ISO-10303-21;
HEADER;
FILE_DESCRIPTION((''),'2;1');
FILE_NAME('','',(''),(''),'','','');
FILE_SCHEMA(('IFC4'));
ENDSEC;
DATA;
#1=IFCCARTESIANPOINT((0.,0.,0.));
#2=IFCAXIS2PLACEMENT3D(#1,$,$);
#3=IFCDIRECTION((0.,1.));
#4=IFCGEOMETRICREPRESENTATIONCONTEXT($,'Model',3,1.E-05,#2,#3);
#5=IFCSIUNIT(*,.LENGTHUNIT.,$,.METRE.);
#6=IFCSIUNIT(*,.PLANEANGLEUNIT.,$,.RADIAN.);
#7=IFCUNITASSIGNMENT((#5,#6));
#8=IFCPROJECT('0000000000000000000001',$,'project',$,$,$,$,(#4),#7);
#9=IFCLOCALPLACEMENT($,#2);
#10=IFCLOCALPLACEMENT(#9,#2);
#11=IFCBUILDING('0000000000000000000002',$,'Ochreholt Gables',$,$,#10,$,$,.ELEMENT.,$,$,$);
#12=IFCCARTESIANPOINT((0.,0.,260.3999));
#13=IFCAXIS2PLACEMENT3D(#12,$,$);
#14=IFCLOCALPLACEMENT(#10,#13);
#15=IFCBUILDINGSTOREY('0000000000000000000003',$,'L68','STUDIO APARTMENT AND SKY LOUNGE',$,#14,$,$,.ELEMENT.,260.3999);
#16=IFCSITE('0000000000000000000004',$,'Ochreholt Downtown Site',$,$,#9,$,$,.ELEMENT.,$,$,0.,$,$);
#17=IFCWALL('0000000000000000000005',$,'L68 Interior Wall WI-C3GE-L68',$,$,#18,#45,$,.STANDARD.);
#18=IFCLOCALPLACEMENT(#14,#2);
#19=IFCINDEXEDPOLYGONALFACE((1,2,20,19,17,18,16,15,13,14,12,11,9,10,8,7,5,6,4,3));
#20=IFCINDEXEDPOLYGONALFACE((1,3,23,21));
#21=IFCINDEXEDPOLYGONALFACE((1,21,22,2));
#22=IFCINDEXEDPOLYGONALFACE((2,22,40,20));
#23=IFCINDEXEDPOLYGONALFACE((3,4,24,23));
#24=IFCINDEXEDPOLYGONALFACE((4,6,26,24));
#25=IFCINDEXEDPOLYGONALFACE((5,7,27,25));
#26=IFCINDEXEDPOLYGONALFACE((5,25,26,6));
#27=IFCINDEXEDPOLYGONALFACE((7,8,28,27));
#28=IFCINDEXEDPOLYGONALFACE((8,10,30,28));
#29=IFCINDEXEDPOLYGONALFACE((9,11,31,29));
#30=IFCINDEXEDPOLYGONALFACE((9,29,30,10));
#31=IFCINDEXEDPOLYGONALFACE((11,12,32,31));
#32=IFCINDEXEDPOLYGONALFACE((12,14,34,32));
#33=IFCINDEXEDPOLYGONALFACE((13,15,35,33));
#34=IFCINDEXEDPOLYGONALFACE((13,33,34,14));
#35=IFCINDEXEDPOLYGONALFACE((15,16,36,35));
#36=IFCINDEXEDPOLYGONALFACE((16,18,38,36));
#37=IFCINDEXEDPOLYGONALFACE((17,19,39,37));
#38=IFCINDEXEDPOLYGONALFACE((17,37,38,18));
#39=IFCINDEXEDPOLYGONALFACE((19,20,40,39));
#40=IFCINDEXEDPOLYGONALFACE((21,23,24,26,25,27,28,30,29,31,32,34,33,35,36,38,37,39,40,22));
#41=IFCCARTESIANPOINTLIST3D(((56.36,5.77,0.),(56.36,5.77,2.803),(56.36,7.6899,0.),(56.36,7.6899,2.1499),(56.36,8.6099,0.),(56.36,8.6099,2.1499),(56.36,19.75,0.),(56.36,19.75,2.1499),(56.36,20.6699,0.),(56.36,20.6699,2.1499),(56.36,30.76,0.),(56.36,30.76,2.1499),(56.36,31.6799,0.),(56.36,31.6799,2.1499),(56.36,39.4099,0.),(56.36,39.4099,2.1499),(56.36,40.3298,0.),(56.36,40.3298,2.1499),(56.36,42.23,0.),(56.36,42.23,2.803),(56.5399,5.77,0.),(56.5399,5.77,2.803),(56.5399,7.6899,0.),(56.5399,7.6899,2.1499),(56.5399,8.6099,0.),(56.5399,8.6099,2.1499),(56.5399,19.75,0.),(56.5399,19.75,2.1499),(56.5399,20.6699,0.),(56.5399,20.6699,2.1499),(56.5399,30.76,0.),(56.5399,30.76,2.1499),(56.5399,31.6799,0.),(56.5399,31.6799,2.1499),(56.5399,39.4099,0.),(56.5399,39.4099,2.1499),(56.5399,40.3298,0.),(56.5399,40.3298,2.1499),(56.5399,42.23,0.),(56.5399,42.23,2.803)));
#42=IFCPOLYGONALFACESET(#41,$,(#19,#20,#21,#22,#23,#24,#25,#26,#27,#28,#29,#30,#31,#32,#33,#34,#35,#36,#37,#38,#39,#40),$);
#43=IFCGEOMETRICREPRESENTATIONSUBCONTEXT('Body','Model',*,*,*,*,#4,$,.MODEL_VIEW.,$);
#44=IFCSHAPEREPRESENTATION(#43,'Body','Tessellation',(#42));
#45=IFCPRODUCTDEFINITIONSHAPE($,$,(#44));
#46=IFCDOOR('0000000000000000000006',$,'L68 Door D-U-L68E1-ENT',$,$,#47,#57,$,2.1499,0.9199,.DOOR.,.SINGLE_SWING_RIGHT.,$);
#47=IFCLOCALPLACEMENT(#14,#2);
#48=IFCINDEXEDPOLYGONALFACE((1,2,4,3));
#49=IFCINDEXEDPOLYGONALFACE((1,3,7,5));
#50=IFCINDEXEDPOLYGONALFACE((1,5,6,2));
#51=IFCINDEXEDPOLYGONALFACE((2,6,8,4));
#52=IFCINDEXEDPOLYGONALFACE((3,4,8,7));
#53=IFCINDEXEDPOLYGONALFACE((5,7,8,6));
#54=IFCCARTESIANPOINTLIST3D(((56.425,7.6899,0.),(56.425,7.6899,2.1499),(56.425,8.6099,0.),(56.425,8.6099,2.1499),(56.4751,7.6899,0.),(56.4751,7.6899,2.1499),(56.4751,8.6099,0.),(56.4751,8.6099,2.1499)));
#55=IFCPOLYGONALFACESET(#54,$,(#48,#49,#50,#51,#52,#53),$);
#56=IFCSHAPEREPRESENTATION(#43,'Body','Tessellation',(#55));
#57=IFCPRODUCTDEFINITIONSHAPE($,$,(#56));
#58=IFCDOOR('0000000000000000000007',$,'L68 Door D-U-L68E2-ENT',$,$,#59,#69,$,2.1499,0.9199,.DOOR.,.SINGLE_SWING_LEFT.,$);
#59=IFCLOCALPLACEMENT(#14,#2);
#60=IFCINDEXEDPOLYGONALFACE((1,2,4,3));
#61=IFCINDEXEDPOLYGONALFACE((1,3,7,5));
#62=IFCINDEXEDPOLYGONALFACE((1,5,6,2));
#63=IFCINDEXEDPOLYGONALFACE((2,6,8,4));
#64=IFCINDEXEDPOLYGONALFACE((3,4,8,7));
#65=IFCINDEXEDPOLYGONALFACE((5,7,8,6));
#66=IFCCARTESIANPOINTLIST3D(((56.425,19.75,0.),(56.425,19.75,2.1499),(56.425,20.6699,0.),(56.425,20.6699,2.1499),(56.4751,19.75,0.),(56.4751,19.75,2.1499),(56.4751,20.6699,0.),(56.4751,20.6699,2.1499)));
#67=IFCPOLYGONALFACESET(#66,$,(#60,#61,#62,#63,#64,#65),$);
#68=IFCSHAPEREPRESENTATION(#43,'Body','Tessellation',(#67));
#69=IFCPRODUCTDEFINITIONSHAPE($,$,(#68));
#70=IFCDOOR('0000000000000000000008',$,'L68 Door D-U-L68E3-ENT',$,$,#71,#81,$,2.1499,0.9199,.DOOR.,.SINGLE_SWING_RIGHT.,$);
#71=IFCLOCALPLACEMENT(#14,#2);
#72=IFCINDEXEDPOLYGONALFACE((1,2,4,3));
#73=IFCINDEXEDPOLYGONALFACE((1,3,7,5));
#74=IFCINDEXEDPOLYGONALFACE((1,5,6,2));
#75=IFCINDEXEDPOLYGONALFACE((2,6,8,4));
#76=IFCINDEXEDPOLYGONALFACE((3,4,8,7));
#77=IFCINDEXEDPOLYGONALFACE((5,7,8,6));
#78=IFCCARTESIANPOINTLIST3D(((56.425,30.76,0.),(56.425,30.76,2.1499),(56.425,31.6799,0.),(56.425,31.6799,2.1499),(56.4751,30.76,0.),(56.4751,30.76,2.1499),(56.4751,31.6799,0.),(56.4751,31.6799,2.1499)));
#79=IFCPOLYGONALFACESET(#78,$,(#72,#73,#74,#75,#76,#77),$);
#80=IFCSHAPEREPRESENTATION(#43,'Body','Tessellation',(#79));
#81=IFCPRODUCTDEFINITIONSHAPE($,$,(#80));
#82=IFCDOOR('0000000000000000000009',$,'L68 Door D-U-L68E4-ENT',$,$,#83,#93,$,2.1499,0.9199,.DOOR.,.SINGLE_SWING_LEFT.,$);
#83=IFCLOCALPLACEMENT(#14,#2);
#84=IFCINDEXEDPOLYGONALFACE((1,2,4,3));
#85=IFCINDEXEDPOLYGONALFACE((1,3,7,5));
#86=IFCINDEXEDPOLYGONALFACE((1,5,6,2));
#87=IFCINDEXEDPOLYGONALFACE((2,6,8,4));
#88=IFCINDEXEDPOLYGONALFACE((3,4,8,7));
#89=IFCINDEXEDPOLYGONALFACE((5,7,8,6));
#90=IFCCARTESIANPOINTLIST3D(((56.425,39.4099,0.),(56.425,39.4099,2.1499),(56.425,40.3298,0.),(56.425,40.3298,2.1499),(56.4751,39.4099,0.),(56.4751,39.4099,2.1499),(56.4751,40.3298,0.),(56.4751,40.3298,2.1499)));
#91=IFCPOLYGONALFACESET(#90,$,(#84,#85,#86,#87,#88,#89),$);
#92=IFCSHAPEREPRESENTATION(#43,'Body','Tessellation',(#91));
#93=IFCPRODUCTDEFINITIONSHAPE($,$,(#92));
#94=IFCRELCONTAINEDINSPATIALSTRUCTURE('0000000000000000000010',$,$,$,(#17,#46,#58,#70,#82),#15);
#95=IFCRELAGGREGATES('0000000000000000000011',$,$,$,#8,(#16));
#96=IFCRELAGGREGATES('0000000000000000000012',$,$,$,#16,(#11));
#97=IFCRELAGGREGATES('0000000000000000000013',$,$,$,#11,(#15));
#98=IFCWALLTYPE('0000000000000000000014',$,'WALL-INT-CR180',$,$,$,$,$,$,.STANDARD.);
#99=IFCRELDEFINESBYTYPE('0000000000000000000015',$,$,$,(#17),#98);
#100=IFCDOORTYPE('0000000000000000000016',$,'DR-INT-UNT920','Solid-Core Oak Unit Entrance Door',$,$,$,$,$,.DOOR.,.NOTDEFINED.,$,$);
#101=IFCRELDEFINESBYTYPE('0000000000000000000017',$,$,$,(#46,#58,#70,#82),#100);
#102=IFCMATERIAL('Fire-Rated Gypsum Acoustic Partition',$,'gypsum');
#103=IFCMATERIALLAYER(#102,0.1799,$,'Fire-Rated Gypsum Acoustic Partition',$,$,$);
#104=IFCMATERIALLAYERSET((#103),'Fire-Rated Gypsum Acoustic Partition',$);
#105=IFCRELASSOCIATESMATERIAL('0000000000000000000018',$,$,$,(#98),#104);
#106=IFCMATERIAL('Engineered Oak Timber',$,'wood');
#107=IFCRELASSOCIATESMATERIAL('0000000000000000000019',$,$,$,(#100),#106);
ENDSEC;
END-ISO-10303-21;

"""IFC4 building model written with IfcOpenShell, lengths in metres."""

from ifc_helpers import new_model, si_unit, direction, frame, frame_2d, origin, place, context, subcontext, project, spatial, rectangle, extrude, material, layer, layer_set, type_object, element, fill, save


model = new_model("IFC4")

# Units and contexts
model_context = context("Model", 3, precision=1e-05, world=origin(), true_north=direction((0.0, 1.0)))
body_context = subcontext(model_context, "Body", "Model", "MODEL_VIEW")
ifc_project = project(units=[si_unit("LENGTHUNIT", "METRE"), si_unit("PLANEANGLEUNIT", "RADIAN")], contexts=[model_context])

# Site, building, storey
site_placement = place(None, origin())
site = spatial("IfcSite", under=ifc_project, at=site_placement, Name="Ochreholt Downtown Site", CompositionType="ELEMENT", RefElevation=0.0)
building_placement = place(site_placement, origin())
building = spatial("IfcBuilding", under=site, at=building_placement, Name="Ochreholt Gables", CompositionType="ELEMENT")
storey_placement = place(building_placement, frame((0.0, 0.0, 260.3999)))
storey = spatial("IfcBuildingStorey", under=building, at=storey_placement, Name="L68", Description="STUDIO APARTMENT AND SKY LOUNGE", CompositionType="ELEMENT", Elevation=260.3999)

# Shared definitions
ifc_material_1 = material(Name="Fire-Rated Gypsum Acoustic Partition", Category="gypsum")
ifc_layer_1 = layer(ifc_material_1, 0.1799, Name="Fire-Rated Gypsum Acoustic Partition")
ifc_layer_set_1 = layer_set([ifc_layer_1], Name="Fire-Rated Gypsum Acoustic Partition")
wall_type_1 = type_object("IfcWallType", Name="WALL-INT-CR180", PredefinedType="STANDARD", material=ifc_layer_set_1)
ifc_material_2 = material(Name="Engineered Oak Timber", Category="wood")
door_type_1 = type_object("IfcDoorType", Name="DR-INT-UNT920", Description="Solid-Core Oak Unit Entrance Door", OperationType="NOTDEFINED", PredefinedType="DOOR", material=ifc_material_2)

# Wall, openings, doors
wall_1_placement = place(storey_placement, frame((56.45, 5.77, 0.0), z_axis=(0.0, 0.0, 1.0), x_axis=(0.0, 1.0, 0.0)))
wall_1 = element("IfcWall", 1, at=wall_1_placement, inside=storey, type_object=wall_type_1, Name="L68 Interior Wall WI-C3GE-L68", PredefinedType="STANDARD", context=body_context, shape_type="SweptSolid", body=[
    extrude(rectangle(XDim=36.46, YDim=0.1799, at=frame_2d((18.23, 0.0))), origin(), (0.0, 0.0, 1.0), 2.803),
])
opening_1_placement = place(wall_1_placement, frame((1.9199, 0.0, 0.0)))
opening_1 = element("IfcOpeningElement", 2, at=opening_1_placement, cuts=wall_1, PredefinedType="OPENING", context=body_context, shape_type="SweptSolid", body=[
    extrude(rectangle(XDim=0.9199, YDim=2.1499, at=frame_2d((0.46, 1.075))), frame((0.0, 0.0999, 0.0), z_axis=(0.0, -1.0, 0.0), x_axis=(1.0, 0.0, 0.0)), (0.0, 0.0, 1.0), 0.2),
])
opening_2_placement = place(wall_1_placement, frame((13.98, 0.0, 0.0)))
opening_2 = element("IfcOpeningElement", 3, at=opening_2_placement, cuts=wall_1, PredefinedType="OPENING", context=body_context, shape_type="SweptSolid", body=[
    extrude(rectangle(XDim=0.9199, YDim=2.1499, at=frame_2d((0.46, 1.075))), frame((0.0, 0.0999, 0.0), z_axis=(0.0, -1.0, 0.0), x_axis=(1.0, 0.0, 0.0)), (0.0, 0.0, 1.0), 0.2),
])
opening_3_placement = place(wall_1_placement, frame((24.99, 0.0, 0.0)))
opening_3 = element("IfcOpeningElement", 4, at=opening_3_placement, cuts=wall_1, PredefinedType="OPENING", context=body_context, shape_type="SweptSolid", body=[
    extrude(rectangle(XDim=0.9199, YDim=2.1499, at=frame_2d((0.46, 1.075))), frame((0.0, 0.0999, 0.0), z_axis=(0.0, -1.0, 0.0), x_axis=(1.0, 0.0, 0.0)), (0.0, 0.0, 1.0), 0.2),
])
opening_4_placement = place(wall_1_placement, frame((33.6399, 0.0, 0.0)))
opening_4 = element("IfcOpeningElement", 5, at=opening_4_placement, cuts=wall_1, PredefinedType="OPENING", context=body_context, shape_type="SweptSolid", body=[
    extrude(rectangle(XDim=0.9199, YDim=2.1499, at=frame_2d((0.46, 1.075))), frame((0.0, 0.0999, 0.0), z_axis=(0.0, -1.0, 0.0), x_axis=(1.0, 0.0, 0.0)), (0.0, 0.0, 1.0), 0.2),
])
door_1_placement = place(opening_1_placement, origin())
door_1 = element("IfcDoor", 6, at=door_1_placement, inside=storey, type_object=door_type_1, Name="L68 Door D-U-L68E1-ENT", OperationType="SINGLE_SWING_RIGHT", OverallHeight=2.1499, OverallWidth=0.9199, PredefinedType="DOOR", context=body_context, shape_type="SweptSolid", body=[
    extrude(rectangle(XDim=0.9199, YDim=2.1499, at=frame_2d((0.46, 1.075))), frame((0.0, 0.0249, 0.0), z_axis=(0.0, -1.0, 0.0), x_axis=(1.0, 0.0, 0.0)), (0.0, 0.0, 1.0), 0.05),
])
fill(opening_1, door_1)
door_2_placement = place(opening_2_placement, origin())
door_2 = element("IfcDoor", 7, at=door_2_placement, inside=storey, type_object=door_type_1, Name="L68 Door D-U-L68E2-ENT", OperationType="SINGLE_SWING_LEFT", OverallHeight=2.1499, OverallWidth=0.9199, PredefinedType="DOOR", context=body_context, shape_type="SweptSolid", body=[
    extrude(rectangle(XDim=0.9199, YDim=2.1499, at=frame_2d((0.46, 1.075))), frame((0.0, 0.0249, 0.0), z_axis=(0.0, -1.0, 0.0), x_axis=(1.0, 0.0, 0.0)), (0.0, 0.0, 1.0), 0.05),
])
fill(opening_2, door_2)
door_3_placement = place(opening_3_placement, origin())
door_3 = element("IfcDoor", 8, at=door_3_placement, inside=storey, type_object=door_type_1, Name="L68 Door D-U-L68E3-ENT", OperationType="SINGLE_SWING_RIGHT", OverallHeight=2.1499, OverallWidth=0.9199, PredefinedType="DOOR", context=body_context, shape_type="SweptSolid", body=[
    extrude(rectangle(XDim=0.9199, YDim=2.1499, at=frame_2d((0.46, 1.075))), frame((0.0, 0.0249, 0.0), z_axis=(0.0, -1.0, 0.0), x_axis=(1.0, 0.0, 0.0)), (0.0, 0.0, 1.0), 0.05),
])
fill(opening_3, door_3)
door_4_placement = place(opening_4_placement, origin())
door_4 = element("IfcDoor", 9, at=door_4_placement, inside=storey, type_object=door_type_1, Name="L68 Door D-U-L68E4-ENT", OperationType="SINGLE_SWING_LEFT", OverallHeight=2.1499, OverallWidth=0.9199, PredefinedType="DOOR", context=body_context, shape_type="SweptSolid", body=[
    extrude(rectangle(XDim=0.9199, YDim=2.1499, at=frame_2d((0.46, 1.075))), frame((0.0, 0.0249, 0.0), z_axis=(0.0, -1.0, 0.0), x_axis=(1.0, 0.0, 0.0)), (0.0, 0.0, 1.0), 0.05),
])
fill(opening_4, door_4)

save(model, "model.ifc")
